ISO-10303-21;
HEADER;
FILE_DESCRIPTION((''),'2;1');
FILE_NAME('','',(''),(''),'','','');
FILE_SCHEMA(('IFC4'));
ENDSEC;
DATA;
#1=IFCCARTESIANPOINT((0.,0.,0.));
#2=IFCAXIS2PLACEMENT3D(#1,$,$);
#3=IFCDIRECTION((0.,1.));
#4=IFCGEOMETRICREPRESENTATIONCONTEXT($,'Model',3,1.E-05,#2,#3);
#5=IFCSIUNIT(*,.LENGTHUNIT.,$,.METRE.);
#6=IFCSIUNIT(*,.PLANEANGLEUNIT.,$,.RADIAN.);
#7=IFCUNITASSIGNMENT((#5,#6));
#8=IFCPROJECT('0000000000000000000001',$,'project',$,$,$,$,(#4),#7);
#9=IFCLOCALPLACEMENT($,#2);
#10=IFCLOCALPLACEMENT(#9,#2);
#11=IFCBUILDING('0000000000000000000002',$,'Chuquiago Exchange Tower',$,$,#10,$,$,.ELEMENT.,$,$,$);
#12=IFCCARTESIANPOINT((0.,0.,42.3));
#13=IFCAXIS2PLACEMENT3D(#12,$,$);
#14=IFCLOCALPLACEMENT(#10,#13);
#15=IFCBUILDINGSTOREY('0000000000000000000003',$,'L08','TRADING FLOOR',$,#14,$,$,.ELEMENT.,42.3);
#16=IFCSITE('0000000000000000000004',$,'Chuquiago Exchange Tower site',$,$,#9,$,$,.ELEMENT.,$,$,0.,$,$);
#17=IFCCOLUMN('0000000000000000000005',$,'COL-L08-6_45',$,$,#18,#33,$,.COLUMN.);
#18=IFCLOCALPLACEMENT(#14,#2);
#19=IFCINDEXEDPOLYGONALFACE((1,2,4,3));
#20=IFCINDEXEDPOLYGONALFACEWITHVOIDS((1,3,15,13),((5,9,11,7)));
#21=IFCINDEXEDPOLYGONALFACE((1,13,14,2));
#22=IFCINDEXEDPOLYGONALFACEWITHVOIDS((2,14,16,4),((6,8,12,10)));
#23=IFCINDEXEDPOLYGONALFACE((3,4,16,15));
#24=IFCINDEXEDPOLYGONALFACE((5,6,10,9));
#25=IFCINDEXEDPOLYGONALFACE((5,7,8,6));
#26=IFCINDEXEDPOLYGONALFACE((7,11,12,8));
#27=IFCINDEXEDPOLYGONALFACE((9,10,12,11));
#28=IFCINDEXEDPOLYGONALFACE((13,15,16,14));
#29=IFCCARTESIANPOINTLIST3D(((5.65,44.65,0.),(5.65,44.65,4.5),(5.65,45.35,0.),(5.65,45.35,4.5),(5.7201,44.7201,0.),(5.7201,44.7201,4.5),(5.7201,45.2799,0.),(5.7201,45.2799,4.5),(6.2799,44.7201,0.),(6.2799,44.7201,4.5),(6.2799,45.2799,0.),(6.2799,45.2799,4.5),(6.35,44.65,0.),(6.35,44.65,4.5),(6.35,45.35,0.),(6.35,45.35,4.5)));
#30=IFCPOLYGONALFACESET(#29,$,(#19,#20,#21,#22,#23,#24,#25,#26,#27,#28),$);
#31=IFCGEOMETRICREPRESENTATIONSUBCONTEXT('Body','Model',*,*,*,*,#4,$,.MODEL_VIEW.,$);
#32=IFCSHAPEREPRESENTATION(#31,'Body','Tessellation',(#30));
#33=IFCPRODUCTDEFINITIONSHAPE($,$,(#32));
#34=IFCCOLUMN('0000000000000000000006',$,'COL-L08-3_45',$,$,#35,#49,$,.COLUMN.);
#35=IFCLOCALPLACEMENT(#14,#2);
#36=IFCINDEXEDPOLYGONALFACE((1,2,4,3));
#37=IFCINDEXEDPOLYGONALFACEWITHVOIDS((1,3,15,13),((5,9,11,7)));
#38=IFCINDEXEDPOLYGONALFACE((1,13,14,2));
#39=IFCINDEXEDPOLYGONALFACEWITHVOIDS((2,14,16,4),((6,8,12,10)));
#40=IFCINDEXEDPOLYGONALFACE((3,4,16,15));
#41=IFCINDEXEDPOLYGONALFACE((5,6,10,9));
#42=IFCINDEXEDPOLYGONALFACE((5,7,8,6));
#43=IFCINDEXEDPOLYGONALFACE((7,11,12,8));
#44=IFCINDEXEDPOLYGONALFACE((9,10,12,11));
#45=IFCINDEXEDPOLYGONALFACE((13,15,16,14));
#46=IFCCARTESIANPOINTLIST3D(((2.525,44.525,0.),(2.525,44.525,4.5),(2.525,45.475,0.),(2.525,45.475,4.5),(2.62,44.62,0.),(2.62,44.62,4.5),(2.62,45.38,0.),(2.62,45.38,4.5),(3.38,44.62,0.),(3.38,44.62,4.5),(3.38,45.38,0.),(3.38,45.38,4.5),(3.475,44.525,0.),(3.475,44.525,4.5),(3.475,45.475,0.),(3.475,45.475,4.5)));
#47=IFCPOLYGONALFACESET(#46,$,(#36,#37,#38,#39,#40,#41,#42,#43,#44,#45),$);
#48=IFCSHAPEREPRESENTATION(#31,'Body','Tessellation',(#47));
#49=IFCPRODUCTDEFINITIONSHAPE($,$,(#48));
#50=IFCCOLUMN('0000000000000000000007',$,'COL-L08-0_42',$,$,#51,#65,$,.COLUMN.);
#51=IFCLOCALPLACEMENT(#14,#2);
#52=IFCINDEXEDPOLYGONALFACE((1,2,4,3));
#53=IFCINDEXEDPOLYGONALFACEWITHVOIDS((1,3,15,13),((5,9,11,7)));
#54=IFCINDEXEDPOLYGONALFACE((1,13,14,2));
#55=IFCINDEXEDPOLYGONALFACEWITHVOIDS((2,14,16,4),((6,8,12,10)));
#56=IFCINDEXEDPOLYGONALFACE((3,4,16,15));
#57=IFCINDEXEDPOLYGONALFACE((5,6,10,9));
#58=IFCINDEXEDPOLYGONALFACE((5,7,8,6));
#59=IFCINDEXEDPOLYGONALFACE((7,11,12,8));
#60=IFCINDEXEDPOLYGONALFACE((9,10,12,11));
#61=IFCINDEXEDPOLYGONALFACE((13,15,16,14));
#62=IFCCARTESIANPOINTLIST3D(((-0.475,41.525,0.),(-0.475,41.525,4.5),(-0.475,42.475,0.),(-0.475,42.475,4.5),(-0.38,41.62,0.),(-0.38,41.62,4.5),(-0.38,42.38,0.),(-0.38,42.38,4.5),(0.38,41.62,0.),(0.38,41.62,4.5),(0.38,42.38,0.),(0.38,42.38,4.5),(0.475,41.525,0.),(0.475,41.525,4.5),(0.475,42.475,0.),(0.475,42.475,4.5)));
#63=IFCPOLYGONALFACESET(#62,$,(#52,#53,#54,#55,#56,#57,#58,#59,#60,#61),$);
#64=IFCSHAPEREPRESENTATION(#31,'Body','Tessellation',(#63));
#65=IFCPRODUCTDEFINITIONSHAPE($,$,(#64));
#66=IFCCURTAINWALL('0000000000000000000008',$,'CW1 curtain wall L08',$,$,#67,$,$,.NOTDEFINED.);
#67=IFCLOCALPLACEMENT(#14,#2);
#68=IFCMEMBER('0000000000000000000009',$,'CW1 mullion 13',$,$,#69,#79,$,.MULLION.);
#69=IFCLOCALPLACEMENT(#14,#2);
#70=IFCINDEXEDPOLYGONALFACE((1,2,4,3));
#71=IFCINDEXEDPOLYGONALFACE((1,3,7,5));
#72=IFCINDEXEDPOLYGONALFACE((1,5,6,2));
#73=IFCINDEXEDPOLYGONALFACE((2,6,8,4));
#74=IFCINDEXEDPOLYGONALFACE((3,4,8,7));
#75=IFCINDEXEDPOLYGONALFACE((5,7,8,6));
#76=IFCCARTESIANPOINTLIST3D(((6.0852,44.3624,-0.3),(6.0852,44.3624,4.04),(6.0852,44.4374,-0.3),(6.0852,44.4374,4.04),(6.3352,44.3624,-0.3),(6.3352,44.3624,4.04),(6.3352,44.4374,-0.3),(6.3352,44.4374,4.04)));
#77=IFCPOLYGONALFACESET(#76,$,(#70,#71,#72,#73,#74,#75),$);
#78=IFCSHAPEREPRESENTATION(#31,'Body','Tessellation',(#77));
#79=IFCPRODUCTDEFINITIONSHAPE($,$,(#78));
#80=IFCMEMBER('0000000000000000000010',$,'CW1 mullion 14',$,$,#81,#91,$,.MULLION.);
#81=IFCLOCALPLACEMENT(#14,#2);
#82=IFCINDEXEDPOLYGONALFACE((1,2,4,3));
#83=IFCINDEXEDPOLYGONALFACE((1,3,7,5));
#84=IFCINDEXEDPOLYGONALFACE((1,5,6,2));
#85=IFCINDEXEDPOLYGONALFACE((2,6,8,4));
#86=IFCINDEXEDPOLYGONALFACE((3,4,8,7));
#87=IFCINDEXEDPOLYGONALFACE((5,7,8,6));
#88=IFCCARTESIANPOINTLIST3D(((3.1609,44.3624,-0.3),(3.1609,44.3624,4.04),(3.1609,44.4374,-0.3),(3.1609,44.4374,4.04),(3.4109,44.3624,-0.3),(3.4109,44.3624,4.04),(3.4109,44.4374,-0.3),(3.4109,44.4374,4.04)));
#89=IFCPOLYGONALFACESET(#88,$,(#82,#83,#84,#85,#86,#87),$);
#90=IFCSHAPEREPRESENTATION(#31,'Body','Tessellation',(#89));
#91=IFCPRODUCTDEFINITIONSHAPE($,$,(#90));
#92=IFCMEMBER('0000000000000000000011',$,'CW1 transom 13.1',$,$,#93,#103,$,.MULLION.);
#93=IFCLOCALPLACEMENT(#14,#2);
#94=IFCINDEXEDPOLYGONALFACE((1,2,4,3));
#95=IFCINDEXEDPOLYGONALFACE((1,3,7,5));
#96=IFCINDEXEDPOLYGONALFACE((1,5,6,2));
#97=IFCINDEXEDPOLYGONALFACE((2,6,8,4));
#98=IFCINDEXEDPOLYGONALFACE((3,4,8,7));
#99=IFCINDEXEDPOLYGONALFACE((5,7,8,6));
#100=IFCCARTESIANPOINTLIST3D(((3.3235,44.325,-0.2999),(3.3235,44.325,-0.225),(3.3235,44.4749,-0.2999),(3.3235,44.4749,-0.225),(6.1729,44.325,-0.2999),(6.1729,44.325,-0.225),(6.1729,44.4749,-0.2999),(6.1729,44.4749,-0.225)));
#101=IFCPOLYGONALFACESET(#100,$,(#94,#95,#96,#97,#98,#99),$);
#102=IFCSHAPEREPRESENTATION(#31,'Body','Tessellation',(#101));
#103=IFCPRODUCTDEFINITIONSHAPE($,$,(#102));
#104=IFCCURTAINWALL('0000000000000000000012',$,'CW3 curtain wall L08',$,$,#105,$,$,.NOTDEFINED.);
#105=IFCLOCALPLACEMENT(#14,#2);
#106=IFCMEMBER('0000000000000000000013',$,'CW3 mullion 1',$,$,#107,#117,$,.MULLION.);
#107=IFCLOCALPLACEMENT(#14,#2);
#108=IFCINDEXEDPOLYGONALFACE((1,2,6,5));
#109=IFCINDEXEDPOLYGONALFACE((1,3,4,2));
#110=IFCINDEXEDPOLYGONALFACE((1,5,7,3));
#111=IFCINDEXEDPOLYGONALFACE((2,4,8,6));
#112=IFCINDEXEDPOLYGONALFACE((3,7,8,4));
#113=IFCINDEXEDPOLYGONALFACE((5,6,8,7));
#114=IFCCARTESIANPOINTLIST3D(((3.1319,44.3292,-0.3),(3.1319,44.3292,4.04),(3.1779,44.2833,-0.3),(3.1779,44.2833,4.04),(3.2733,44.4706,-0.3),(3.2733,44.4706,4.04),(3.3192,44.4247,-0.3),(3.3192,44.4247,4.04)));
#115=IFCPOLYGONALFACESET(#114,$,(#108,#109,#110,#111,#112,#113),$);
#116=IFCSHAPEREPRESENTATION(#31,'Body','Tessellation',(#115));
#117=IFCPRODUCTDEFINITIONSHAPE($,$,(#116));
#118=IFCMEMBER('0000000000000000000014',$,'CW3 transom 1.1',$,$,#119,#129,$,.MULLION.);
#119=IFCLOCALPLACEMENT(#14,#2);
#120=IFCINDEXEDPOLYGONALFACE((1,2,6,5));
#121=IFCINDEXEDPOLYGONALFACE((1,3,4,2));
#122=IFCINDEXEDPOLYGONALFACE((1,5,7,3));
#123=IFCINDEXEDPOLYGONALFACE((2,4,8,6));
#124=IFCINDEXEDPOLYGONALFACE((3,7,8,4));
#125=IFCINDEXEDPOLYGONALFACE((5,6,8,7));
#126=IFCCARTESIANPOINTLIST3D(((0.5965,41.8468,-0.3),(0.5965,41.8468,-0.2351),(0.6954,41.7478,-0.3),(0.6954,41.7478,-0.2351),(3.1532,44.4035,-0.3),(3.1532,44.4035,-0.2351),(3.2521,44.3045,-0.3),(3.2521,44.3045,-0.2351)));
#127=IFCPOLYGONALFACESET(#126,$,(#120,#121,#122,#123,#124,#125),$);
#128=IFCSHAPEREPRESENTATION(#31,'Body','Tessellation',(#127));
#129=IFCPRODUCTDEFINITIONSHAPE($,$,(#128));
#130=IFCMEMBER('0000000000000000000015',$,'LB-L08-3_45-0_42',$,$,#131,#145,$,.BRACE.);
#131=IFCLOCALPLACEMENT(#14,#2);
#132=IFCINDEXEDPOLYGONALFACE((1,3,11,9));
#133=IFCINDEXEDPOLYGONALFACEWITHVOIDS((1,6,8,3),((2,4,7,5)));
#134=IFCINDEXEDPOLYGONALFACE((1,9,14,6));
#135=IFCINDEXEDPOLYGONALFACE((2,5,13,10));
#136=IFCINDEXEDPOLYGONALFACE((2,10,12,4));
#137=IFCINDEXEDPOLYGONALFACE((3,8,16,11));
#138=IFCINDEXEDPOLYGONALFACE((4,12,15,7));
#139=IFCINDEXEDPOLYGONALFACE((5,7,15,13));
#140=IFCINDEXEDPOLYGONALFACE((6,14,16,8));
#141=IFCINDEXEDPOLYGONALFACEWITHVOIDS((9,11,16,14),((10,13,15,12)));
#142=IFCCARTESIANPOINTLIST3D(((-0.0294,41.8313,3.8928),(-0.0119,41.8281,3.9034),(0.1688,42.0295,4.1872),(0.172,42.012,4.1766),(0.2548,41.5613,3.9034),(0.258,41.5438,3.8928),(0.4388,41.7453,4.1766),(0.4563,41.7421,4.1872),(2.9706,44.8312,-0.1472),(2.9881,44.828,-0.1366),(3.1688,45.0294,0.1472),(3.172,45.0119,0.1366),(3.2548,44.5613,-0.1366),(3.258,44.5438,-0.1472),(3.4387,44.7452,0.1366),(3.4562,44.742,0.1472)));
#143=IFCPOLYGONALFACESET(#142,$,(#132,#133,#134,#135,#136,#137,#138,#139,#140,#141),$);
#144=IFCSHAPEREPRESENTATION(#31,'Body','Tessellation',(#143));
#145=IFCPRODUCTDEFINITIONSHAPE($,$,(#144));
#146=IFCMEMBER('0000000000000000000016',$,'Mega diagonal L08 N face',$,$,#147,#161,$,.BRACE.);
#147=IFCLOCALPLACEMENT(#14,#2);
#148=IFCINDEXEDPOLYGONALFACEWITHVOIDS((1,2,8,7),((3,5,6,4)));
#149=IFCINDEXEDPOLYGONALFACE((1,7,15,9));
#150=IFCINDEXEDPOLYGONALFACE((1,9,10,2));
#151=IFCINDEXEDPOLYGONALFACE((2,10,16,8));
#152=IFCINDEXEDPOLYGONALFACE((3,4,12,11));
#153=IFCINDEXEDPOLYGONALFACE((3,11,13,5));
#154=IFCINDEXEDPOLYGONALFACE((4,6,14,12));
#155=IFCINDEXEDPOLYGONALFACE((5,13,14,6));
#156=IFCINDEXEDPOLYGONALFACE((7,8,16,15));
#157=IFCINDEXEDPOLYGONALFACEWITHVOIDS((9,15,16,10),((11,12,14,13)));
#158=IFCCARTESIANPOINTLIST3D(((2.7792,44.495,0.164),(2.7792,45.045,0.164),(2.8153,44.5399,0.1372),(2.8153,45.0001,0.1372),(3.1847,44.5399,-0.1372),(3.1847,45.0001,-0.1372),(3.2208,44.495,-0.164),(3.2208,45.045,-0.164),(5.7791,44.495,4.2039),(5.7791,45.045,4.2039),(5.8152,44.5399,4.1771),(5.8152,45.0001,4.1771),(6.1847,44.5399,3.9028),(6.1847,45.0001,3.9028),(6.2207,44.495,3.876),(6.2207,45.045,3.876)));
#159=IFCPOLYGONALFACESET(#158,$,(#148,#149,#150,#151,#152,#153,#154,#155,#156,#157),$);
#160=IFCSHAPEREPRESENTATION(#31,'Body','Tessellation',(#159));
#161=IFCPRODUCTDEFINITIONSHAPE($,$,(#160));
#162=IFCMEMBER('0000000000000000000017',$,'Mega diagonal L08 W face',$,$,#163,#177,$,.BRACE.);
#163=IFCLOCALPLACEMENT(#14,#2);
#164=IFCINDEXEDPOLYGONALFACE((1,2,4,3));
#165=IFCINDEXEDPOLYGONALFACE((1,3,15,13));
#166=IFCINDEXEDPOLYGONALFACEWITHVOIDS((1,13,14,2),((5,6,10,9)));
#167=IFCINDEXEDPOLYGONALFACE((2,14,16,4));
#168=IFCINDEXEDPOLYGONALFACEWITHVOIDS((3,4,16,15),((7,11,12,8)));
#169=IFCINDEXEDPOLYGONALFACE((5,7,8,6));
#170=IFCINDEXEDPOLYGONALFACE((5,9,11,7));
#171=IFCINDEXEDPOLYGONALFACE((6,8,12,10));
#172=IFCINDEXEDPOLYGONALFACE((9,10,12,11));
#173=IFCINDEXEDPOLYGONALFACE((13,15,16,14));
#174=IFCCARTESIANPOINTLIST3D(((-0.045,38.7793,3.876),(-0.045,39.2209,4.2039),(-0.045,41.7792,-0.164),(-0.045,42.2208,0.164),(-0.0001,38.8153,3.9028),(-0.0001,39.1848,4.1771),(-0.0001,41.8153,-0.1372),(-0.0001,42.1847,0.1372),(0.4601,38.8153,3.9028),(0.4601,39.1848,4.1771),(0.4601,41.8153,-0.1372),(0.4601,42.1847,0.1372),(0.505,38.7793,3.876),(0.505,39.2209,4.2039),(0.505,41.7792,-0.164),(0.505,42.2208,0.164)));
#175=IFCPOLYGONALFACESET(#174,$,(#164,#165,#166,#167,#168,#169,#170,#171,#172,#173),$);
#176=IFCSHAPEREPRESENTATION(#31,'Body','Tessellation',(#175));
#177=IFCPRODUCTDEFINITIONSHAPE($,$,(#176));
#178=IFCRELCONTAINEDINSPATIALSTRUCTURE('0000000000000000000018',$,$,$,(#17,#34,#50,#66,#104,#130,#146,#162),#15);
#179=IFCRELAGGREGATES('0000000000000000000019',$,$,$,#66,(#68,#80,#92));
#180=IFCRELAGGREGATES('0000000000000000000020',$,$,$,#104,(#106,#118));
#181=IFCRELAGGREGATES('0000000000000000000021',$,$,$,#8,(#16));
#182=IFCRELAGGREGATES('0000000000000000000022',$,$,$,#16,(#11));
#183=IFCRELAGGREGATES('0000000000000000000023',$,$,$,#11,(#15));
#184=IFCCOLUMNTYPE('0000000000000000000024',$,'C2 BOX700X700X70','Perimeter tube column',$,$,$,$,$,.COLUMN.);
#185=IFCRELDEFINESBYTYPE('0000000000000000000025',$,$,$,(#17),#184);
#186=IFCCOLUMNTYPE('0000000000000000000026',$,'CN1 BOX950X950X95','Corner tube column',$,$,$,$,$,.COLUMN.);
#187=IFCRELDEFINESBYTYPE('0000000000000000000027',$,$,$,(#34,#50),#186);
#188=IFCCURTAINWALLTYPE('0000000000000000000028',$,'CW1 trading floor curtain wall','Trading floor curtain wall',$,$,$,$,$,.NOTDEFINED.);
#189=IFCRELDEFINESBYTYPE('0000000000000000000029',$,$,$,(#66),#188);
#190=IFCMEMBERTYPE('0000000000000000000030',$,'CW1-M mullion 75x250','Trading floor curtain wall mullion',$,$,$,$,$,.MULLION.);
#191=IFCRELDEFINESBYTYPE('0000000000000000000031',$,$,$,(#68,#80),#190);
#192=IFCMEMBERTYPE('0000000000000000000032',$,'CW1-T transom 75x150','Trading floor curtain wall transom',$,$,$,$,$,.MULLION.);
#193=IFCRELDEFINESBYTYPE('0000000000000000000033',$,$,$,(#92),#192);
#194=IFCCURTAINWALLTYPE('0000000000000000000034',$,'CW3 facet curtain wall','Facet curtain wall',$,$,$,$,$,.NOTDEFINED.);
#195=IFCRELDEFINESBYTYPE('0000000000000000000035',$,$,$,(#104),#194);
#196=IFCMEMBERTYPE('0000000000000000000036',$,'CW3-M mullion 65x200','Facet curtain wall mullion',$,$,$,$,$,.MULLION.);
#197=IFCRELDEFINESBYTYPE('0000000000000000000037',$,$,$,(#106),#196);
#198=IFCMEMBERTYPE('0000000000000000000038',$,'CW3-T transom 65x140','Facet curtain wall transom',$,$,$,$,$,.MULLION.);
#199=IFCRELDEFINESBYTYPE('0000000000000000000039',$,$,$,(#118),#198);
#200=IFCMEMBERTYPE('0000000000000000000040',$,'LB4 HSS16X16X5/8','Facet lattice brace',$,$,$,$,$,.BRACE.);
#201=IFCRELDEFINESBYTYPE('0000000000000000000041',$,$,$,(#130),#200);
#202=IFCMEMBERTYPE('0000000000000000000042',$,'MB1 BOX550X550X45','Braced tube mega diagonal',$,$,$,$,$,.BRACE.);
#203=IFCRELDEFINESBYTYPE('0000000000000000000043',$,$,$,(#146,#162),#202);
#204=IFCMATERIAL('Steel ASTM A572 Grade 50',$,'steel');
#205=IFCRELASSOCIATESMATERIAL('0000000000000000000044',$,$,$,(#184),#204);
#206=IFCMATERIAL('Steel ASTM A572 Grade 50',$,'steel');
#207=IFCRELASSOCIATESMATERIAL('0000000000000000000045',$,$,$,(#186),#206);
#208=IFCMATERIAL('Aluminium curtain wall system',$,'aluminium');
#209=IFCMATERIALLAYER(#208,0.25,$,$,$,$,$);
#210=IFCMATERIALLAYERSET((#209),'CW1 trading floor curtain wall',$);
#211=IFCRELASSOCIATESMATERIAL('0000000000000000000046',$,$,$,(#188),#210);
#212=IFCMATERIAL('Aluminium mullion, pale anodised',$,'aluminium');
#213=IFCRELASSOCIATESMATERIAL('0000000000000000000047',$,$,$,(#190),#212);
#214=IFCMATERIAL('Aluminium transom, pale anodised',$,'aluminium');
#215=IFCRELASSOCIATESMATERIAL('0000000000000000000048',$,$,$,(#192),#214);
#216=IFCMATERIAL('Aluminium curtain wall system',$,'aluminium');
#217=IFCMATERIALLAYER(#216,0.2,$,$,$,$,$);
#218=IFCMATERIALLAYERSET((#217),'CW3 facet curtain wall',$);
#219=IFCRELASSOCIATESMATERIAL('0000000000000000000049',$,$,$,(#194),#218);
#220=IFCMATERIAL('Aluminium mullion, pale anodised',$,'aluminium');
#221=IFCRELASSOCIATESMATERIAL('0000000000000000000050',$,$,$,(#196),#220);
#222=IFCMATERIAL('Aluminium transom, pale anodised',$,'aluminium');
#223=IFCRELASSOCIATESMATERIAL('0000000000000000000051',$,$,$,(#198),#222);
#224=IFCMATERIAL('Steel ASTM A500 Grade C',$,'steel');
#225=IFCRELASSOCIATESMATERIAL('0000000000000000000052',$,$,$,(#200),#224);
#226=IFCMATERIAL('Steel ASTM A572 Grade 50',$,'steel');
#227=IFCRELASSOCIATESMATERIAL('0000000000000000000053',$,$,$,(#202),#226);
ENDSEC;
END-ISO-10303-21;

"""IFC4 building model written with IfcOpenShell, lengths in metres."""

from ifc_helpers import new_model, si_unit, direction, frame, origin, origin_2d, place, context, subcontext, project, spatial, rectangle, hollow_rectangle, extrude, material, layer, layer_set, material_profile, profile_set, type_object, element, aggregate, save


model = new_model("IFC4")

# Units and contexts
model_context = context("Model", 3, precision=1e-05, world=origin(), true_north=direction((0.0, 1.0)))
body_context = subcontext(model_context, "Body", "Model", "MODEL_VIEW")
ifc_project = project(units=[si_unit("LENGTHUNIT", "METRE"), si_unit("PLANEANGLEUNIT", "RADIAN")], contexts=[model_context])

# Site, building, storey
site_placement = place(None, origin())
site = spatial("IfcSite", under=ifc_project, at=site_placement, Name="Chuquiago Exchange Tower site", CompositionType="ELEMENT", RefElevation=0.0)
building_placement = place(site_placement, origin())
building = spatial("IfcBuilding", under=site, at=building_placement, Name="Chuquiago Exchange Tower", CompositionType="ELEMENT")
storey_placement = place(building_placement, frame((0.0, 0.0, 42.3)))
storey = spatial("IfcBuildingStorey", under=building, at=storey_placement, Name="L08", Description="TRADING FLOOR", CompositionType="ELEMENT", Elevation=42.3)

# Columns
ifc_material_1 = material(Name="Steel ASTM A572 Grade 50", Category="steel")
ifc_material_profile_1 = material_profile(ifc_material_1, hollow_rectangle(XDim=0.7, YDim=0.7, WallThickness=0.0701, at=origin_2d()), Name="BOX700X700X70")
ifc_profile_set_1 = profile_set([ifc_material_profile_1], Name="Steel ASTM A572 Grade 50")
column_type_1 = type_object("IfcColumnType", Name="C2 BOX700X700X70", Description="Perimeter tube column", PredefinedType="COLUMN", material=ifc_profile_set_1)
column_placement = place(storey_placement, frame((6.0, 45.0, 0.0), z_axis=(0.0, 0.0, 1.0), x_axis=(0.0, 1.0, 0.0)))
element("IfcColumn", 1, at=column_placement, inside=storey, type_object=column_type_1, Name="COL-L08-6_45", PredefinedType="COLUMN", context=body_context, shape_type="SweptSolid", body=[
    extrude(hollow_rectangle(XDim=0.7, YDim=0.7, WallThickness=0.0701, at=origin_2d()), origin(), (0.0, 0.0, 1.0), 4.5),
])
ifc_material_2 = material(Name="Steel ASTM A572 Grade 50", Category="steel")
ifc_material_profile_2 = material_profile(ifc_material_2, hollow_rectangle(XDim=0.95, YDim=0.95, WallThickness=0.095, at=origin_2d()), Name="BOX950X950X95")
ifc_profile_set_2 = profile_set([ifc_material_profile_2], Name="Steel ASTM A572 Grade 50")
column_type_2 = type_object("IfcColumnType", Name="CN1 BOX950X950X95", Description="Corner tube column", PredefinedType="COLUMN", material=ifc_profile_set_2)
for number, where, z_axis, x_axis, name in (
    (2, (3.0, 45.0, 0.0), (0.0, 0.0, 1.0), (0.0, 1.0, 0.0), "COL-L08-3_45"),
    (3, (0.0, 42.0, 0.0), (0.0, 0.0, 1.0), (-1.0, 0.0, 0.0), "COL-L08-0_42"),
):
    element("IfcColumn", number, at=place(storey_placement, frame(where, z_axis=z_axis, x_axis=x_axis)), inside=storey, type_object=column_type_2, Name=name, PredefinedType="COLUMN", context=body_context, shape_type="SweptSolid", body=[
        extrude(hollow_rectangle(XDim=0.95, YDim=0.95, WallThickness=0.095, at=origin_2d()), origin(), (0.0, 0.0, 1.0), 4.5),
    ])

# Curtain walls, members
ifc_material_3 = material(Name="Aluminium curtain wall system", Category="aluminium")
ifc_layer_1 = layer(ifc_material_3, 0.25)
ifc_layer_set_1 = layer_set([ifc_layer_1], Name="CW1 trading floor curtain wall")
curtain_wall_type_1 = type_object("IfcCurtainWallType", Name="CW1 trading floor curtain wall", Description="Trading floor curtain wall", PredefinedType="NOTDEFINED", material=ifc_layer_set_1)
curtain_wall_1_placement = place(storey_placement, origin())
curtain_wall_1 = element("IfcCurtainWall", 4, at=curtain_wall_1_placement, inside=storey, type_object=curtain_wall_type_1, Name="CW1 curtain wall L08", PredefinedType="NOTDEFINED")
ifc_material_4 = material(Name="Aluminium mullion, pale anodised", Category="aluminium")
ifc_material_profile_3 = material_profile(ifc_material_4, rectangle(XDim=0.075, YDim=0.25, at=origin_2d()), Name="AL 75x250")
ifc_profile_set_3 = profile_set([ifc_material_profile_3], Name="Aluminium mullion, pale anodised")
member_type_1 = type_object("IfcMemberType", Name="CW1-M mullion 75x250", Description="Trading floor curtain wall mullion", PredefinedType="MULLION", material=ifc_profile_set_3)
member_1_placement = place(storey_placement, frame((6.2102, 44.3999, -0.3), z_axis=(0.0, 0.0, 1.0), x_axis=(0.0, -1.0, 0.0)))
member_1 = element("IfcMember", 5, at=member_1_placement, type_object=member_type_1, Name="CW1 mullion 13", PredefinedType="MULLION", context=body_context, shape_type="SweptSolid", body=[
    extrude(rectangle(XDim=0.075, YDim=0.25, at=origin_2d()), origin(), (0.0, 0.0, 1.0), 4.3401),
])
member_2_placement = place(storey_placement, frame((3.2859, 44.3999, -0.3), z_axis=(0.0, 0.0, 1.0), x_axis=(0.0, -1.0, 0.0)))
member_2 = element("IfcMember", 6, at=member_2_placement, type_object=member_type_1, Name="CW1 mullion 14", PredefinedType="MULLION", context=body_context, shape_type="SweptSolid", body=[
    extrude(rectangle(XDim=0.075, YDim=0.25, at=origin_2d()), origin(), (0.0, 0.0, 1.0), 4.3401),
])
ifc_material_5 = material(Name="Aluminium transom, pale anodised", Category="aluminium")
ifc_material_profile_4 = material_profile(ifc_material_5, rectangle(XDim=0.1499, YDim=0.075, at=origin_2d()), Name="AL 150x75")
ifc_profile_set_4 = profile_set([ifc_material_profile_4], Name="Aluminium transom, pale anodised")
member_type_2 = type_object("IfcMemberType", Name="CW1-T transom 75x150", Description="Trading floor curtain wall transom", PredefinedType="MULLION", material=ifc_profile_set_4)
member_3_placement = place(storey_placement, frame((6.1729, 44.3999, -0.2625), z_axis=(-1.0, 0.0, 0.0), x_axis=(0.0, -1.0, 0.0)))
member_3 = element("IfcMember", 7, at=member_3_placement, type_object=member_type_2, Name="CW1 transom 13.1", PredefinedType="MULLION", context=body_context, shape_type="SweptSolid", body=[
    extrude(rectangle(XDim=0.1499, YDim=0.075, at=origin_2d()), origin(), (0.0, 0.0, 1.0), 2.8494),
])
ifc_material_6 = material(Name="Aluminium curtain wall system", Category="aluminium")
ifc_layer_2 = layer(ifc_material_6, 0.2)
ifc_layer_set_2 = layer_set([ifc_layer_2], Name="CW3 facet curtain wall")
curtain_wall_type_2 = type_object("IfcCurtainWallType", Name="CW3 facet curtain wall", Description="Facet curtain wall", PredefinedType="NOTDEFINED", material=ifc_layer_set_2)
curtain_wall_2_placement = place(storey_placement, origin())
curtain_wall_2 = element("IfcCurtainWall", 8, at=curtain_wall_2_placement, inside=storey, type_object=curtain_wall_type_2, Name="CW3 curtain wall L08", PredefinedType="NOTDEFINED")
ifc_material_7 = material(Name="Aluminium mullion, pale anodised", Category="aluminium")
ifc_material_profile_5 = material_profile(ifc_material_7, rectangle(XDim=0.0649, YDim=0.2, at=origin_2d()), Name="AL 65x200")
ifc_profile_set_5 = profile_set([ifc_material_profile_5], Name="Aluminium mullion, pale anodised")
member_type_3 = type_object("IfcMemberType", Name="CW3-M mullion 65x200", Description="Facet curtain wall mullion", PredefinedType="MULLION", material=ifc_profile_set_5)
member_4_placement = place(storey_placement, frame((3.2256, 44.377, -0.3), z_axis=(0.0, 0.0, 1.0), x_axis=(0.707107, -0.707107, 0.0)))
member_4 = element("IfcMember", 9, at=member_4_placement, type_object=member_type_3, Name="CW3 mullion 1", PredefinedType="MULLION", context=body_context, shape_type="SweptSolid", body=[
    extrude(rectangle(XDim=0.0649, YDim=0.2, at=origin_2d()), origin(), (0.0, 0.0, 1.0), 4.3401),
])
ifc_material_8 = material(Name="Aluminium transom, pale anodised", Category="aluminium")
ifc_material_profile_6 = material_profile(ifc_material_8, rectangle(XDim=0.1399, YDim=0.0649, at=origin_2d()), Name="AL 140x65")
ifc_profile_set_6 = profile_set([ifc_material_profile_6], Name="Aluminium transom, pale anodised")
member_type_4 = type_object("IfcMemberType", Name="CW3-T transom 65x140", Description="Facet curtain wall transom", PredefinedType="MULLION", material=ifc_profile_set_6)
member_5_placement = place(storey_placement, frame((3.2026, 44.354, -0.2676), z_axis=(-0.707107, -0.707107, 0.0), x_axis=(0.707107, -0.707107, 0.0)))
member_5 = element("IfcMember", 10, at=member_5_placement, type_object=member_type_4, Name="CW3 transom 1.1", PredefinedType="MULLION", context=body_context, shape_type="SweptSolid", body=[
    extrude(rectangle(XDim=0.1399, YDim=0.0649, at=origin_2d()), origin(), (0.0, 0.0, 1.0), 3.6157),
])

# Members
ifc_material_9 = material(Name="Steel ASTM A500 Grade C", Category="steel")
ifc_material_profile_7 = material_profile(ifc_material_9, hollow_rectangle(XDim=0.4065, YDim=0.4065, WallThickness=0.0146, at=origin_2d()), Name="HSS16X16X5/8")
ifc_profile_set_7 = profile_set([ifc_material_profile_7], Name="Steel ASTM A500 Grade C")
member_type_5 = type_object("IfcMemberType", Name="LB4 HSS16X16X5/8", Description="Facet lattice brace", PredefinedType="BRACE", material=ifc_profile_set_7)
member_6_placement = place(storey_placement, frame((3.2134, 44.7866, 0.0), z_axis=(-0.512077, -0.512077, 0.689604), x_axis=(0.707107, -0.707107, 0.0)))
element("IfcMember", 11, at=member_6_placement, inside=storey, type_object=member_type_5, Name="LB-L08-3_45-0_42", PredefinedType="BRACE", context=body_context, shape_type="SweptSolid", body=[
    extrude(hollow_rectangle(XDim=0.4065, YDim=0.4065, WallThickness=0.0146, at=origin_2d()), origin(), (0.0, 0.0, 1.0), 5.8584),
])
ifc_material_10 = material(Name="Steel ASTM A572 Grade 50", Category="steel")
ifc_material_profile_8 = material_profile(ifc_material_10, hollow_rectangle(XDim=0.55, YDim=0.55, WallThickness=0.0449, at=origin_2d()), Name="BOX550X550X45")
ifc_profile_set_8 = profile_set([ifc_material_profile_8], Name="Steel ASTM A572 Grade 50")
member_type_6 = type_object("IfcMemberType", Name="MB1 BOX550X550X45", Description="Braced tube mega diagonal", PredefinedType="BRACE", material=ifc_profile_set_8)
for number, where, z_axis, x_axis, name in (
    (12, (3.0, 44.77, 0.0), (0.596174, 0.0, 0.802855), (0.0, 1.0, 0.0), "Mega diagonal L08 N face"),
    (13, (0.23, 42.0, 0.0), (0.0, -0.596174, 0.802855), (1.0, 0.0, 0.0), "Mega diagonal L08 W face"),
):
    element("IfcMember", number, at=place(storey_placement, frame(where, z_axis=z_axis, x_axis=x_axis)), inside=storey, type_object=member_type_6, Name=name, PredefinedType="BRACE", context=body_context, shape_type="SweptSolid", body=[
        extrude(hollow_rectangle(XDim=0.55, YDim=0.55, WallThickness=0.0449, at=origin_2d()), origin(), (0.0, 0.0, 1.0), 5.032),
    ])

aggregate(curtain_wall_1, [member_1, member_2, member_3])
aggregate(curtain_wall_2, [member_4, member_5])

save(model, "model.ifc")
